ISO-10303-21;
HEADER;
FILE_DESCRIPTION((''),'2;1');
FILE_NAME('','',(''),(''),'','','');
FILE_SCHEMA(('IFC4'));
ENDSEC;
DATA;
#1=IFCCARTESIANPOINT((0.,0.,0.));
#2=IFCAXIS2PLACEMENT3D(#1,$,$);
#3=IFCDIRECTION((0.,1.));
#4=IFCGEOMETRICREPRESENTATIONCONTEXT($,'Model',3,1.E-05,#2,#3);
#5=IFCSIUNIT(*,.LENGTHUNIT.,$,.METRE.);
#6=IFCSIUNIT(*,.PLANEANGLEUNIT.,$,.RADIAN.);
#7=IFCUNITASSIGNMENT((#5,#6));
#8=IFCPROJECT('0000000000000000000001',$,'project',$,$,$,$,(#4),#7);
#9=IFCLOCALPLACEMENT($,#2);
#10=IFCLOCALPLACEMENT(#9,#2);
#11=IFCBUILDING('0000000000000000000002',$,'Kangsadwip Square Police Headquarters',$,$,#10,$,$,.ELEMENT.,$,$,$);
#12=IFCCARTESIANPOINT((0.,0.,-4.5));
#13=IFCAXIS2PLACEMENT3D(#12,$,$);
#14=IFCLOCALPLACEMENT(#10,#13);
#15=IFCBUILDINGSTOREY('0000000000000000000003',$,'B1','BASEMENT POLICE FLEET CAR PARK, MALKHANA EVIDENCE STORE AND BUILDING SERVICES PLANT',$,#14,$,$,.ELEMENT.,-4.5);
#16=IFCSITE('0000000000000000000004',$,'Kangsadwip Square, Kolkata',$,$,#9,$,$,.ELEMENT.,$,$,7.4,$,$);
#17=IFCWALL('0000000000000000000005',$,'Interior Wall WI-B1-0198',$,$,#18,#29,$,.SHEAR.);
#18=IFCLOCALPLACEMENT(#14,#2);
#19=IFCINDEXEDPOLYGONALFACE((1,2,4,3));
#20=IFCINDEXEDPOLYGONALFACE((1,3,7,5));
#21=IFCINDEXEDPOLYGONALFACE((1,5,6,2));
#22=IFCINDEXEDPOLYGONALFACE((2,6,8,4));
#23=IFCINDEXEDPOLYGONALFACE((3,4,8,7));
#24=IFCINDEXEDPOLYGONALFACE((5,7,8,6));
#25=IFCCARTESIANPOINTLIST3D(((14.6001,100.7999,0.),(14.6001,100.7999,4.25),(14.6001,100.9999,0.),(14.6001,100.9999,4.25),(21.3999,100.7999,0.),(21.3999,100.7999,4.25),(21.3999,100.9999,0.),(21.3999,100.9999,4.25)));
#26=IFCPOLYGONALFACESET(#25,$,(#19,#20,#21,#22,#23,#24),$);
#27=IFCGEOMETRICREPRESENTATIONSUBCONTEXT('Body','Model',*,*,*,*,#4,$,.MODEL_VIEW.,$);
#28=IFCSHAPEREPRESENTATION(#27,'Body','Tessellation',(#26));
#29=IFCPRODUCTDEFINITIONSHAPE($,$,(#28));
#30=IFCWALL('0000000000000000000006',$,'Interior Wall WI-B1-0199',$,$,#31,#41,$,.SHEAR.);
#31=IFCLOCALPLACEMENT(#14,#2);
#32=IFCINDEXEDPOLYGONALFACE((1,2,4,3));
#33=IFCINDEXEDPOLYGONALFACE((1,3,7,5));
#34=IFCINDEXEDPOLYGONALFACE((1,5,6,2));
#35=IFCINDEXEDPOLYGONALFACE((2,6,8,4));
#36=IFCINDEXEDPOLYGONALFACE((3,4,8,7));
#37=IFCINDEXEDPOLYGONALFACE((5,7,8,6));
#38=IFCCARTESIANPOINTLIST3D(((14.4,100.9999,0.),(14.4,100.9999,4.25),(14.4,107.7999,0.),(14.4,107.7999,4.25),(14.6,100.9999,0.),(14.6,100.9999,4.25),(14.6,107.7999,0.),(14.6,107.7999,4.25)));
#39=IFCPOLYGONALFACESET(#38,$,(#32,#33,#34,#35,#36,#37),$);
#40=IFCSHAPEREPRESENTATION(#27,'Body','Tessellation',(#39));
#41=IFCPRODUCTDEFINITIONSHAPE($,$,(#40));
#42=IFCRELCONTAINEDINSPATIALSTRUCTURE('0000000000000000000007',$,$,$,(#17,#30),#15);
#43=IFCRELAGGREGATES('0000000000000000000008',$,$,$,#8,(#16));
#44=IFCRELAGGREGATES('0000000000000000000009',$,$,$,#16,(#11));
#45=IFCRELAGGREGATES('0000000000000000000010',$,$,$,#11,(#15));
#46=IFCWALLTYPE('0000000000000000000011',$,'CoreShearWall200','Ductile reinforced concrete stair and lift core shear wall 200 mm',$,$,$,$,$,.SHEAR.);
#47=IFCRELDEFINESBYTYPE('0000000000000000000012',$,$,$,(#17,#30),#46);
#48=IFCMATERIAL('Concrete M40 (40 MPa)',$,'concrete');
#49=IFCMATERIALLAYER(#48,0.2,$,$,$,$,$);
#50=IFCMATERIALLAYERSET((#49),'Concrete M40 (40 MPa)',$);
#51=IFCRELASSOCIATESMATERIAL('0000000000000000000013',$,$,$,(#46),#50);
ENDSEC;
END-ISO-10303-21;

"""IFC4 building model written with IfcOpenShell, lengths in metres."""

from ifc_helpers import new_model, si_unit, direction, frame, frame_2d, origin, place, context, subcontext, project, spatial, rectangle, extrude, material, layer, layer_set, type_object, element, save


model = new_model("IFC4")

# Units and contexts
model_context = context("Model", 3, precision=1e-05, world=origin(), true_north=direction((0.0, 1.0)))
body_context = subcontext(model_context, "Body", "Model", "MODEL_VIEW")
ifc_project = project(units=[si_unit("LENGTHUNIT", "METRE"), si_unit("PLANEANGLEUNIT", "RADIAN")], contexts=[model_context])

# Site, building, storey
site_placement = place(None, origin())
site = spatial("IfcSite", under=ifc_project, at=site_placement, Name="Kangsadwip Square, Kolkata", CompositionType="ELEMENT", RefElevation=7.4)
building_placement = place(site_placement, origin())
building = spatial("IfcBuilding", under=site, at=building_placement, Name="Kangsadwip Square Police Headquarters", CompositionType="ELEMENT")
storey_placement = place(building_placement, frame((0.0, 0.0, -4.5)))
storey = spatial("IfcBuildingStorey", under=building, at=storey_placement, Name="B1", Description="BASEMENT POLICE FLEET CAR PARK, MALKHANA EVIDENCE STORE AND BUILDING SERVICES PLANT", CompositionType="ELEMENT", Elevation=-4.5)

# Walls
ifc_material_1 = material(Name="Concrete M40 (40 MPa)", Category="concrete")
ifc_layer_1 = layer(ifc_material_1, 0.2)
ifc_layer_set_1 = layer_set([ifc_layer_1], Name="Concrete M40 (40 MPa)")
wall_type_1 = type_object("IfcWallType", Name="CoreShearWall200", Description="Ductile reinforced concrete stair and lift core shear wall 200 mm", PredefinedType="SHEAR", material=ifc_layer_set_1)
wall_1_placement = place(storey_placement, frame((14.6001, 100.8999, 0.0), z_axis=(0.0, 0.0, 1.0), x_axis=(1.0, 0.0, 0.0)))
element("IfcWall", 1, at=wall_1_placement, inside=storey, type_object=wall_type_1, Name="Interior Wall WI-B1-0198", PredefinedType="SHEAR", context=body_context, shape_type="SweptSolid", body=[
    extrude(rectangle(XDim=6.7998, YDim=0.2, at=frame_2d((3.3999, 0.0))), origin(), (0.0, 0.0, 1.0), 4.25),
])
wall_2_placement = place(storey_placement, frame((14.5, 101.0, 0.0), z_axis=(0.0, 0.0, 1.0), x_axis=(0.0, 1.0, 0.0)))
element("IfcWall", 2, at=wall_2_placement, inside=storey, type_object=wall_type_1, Name="Interior Wall WI-B1-0199", PredefinedType="SHEAR", context=body_context, shape_type="SweptSolid", body=[
    extrude(rectangle(XDim=6.8, YDim=0.2, at=frame_2d((3.3999, 0.0))), origin(), (0.0, 0.0, 1.0), 4.25),
])

save(model, "model.ifc")
